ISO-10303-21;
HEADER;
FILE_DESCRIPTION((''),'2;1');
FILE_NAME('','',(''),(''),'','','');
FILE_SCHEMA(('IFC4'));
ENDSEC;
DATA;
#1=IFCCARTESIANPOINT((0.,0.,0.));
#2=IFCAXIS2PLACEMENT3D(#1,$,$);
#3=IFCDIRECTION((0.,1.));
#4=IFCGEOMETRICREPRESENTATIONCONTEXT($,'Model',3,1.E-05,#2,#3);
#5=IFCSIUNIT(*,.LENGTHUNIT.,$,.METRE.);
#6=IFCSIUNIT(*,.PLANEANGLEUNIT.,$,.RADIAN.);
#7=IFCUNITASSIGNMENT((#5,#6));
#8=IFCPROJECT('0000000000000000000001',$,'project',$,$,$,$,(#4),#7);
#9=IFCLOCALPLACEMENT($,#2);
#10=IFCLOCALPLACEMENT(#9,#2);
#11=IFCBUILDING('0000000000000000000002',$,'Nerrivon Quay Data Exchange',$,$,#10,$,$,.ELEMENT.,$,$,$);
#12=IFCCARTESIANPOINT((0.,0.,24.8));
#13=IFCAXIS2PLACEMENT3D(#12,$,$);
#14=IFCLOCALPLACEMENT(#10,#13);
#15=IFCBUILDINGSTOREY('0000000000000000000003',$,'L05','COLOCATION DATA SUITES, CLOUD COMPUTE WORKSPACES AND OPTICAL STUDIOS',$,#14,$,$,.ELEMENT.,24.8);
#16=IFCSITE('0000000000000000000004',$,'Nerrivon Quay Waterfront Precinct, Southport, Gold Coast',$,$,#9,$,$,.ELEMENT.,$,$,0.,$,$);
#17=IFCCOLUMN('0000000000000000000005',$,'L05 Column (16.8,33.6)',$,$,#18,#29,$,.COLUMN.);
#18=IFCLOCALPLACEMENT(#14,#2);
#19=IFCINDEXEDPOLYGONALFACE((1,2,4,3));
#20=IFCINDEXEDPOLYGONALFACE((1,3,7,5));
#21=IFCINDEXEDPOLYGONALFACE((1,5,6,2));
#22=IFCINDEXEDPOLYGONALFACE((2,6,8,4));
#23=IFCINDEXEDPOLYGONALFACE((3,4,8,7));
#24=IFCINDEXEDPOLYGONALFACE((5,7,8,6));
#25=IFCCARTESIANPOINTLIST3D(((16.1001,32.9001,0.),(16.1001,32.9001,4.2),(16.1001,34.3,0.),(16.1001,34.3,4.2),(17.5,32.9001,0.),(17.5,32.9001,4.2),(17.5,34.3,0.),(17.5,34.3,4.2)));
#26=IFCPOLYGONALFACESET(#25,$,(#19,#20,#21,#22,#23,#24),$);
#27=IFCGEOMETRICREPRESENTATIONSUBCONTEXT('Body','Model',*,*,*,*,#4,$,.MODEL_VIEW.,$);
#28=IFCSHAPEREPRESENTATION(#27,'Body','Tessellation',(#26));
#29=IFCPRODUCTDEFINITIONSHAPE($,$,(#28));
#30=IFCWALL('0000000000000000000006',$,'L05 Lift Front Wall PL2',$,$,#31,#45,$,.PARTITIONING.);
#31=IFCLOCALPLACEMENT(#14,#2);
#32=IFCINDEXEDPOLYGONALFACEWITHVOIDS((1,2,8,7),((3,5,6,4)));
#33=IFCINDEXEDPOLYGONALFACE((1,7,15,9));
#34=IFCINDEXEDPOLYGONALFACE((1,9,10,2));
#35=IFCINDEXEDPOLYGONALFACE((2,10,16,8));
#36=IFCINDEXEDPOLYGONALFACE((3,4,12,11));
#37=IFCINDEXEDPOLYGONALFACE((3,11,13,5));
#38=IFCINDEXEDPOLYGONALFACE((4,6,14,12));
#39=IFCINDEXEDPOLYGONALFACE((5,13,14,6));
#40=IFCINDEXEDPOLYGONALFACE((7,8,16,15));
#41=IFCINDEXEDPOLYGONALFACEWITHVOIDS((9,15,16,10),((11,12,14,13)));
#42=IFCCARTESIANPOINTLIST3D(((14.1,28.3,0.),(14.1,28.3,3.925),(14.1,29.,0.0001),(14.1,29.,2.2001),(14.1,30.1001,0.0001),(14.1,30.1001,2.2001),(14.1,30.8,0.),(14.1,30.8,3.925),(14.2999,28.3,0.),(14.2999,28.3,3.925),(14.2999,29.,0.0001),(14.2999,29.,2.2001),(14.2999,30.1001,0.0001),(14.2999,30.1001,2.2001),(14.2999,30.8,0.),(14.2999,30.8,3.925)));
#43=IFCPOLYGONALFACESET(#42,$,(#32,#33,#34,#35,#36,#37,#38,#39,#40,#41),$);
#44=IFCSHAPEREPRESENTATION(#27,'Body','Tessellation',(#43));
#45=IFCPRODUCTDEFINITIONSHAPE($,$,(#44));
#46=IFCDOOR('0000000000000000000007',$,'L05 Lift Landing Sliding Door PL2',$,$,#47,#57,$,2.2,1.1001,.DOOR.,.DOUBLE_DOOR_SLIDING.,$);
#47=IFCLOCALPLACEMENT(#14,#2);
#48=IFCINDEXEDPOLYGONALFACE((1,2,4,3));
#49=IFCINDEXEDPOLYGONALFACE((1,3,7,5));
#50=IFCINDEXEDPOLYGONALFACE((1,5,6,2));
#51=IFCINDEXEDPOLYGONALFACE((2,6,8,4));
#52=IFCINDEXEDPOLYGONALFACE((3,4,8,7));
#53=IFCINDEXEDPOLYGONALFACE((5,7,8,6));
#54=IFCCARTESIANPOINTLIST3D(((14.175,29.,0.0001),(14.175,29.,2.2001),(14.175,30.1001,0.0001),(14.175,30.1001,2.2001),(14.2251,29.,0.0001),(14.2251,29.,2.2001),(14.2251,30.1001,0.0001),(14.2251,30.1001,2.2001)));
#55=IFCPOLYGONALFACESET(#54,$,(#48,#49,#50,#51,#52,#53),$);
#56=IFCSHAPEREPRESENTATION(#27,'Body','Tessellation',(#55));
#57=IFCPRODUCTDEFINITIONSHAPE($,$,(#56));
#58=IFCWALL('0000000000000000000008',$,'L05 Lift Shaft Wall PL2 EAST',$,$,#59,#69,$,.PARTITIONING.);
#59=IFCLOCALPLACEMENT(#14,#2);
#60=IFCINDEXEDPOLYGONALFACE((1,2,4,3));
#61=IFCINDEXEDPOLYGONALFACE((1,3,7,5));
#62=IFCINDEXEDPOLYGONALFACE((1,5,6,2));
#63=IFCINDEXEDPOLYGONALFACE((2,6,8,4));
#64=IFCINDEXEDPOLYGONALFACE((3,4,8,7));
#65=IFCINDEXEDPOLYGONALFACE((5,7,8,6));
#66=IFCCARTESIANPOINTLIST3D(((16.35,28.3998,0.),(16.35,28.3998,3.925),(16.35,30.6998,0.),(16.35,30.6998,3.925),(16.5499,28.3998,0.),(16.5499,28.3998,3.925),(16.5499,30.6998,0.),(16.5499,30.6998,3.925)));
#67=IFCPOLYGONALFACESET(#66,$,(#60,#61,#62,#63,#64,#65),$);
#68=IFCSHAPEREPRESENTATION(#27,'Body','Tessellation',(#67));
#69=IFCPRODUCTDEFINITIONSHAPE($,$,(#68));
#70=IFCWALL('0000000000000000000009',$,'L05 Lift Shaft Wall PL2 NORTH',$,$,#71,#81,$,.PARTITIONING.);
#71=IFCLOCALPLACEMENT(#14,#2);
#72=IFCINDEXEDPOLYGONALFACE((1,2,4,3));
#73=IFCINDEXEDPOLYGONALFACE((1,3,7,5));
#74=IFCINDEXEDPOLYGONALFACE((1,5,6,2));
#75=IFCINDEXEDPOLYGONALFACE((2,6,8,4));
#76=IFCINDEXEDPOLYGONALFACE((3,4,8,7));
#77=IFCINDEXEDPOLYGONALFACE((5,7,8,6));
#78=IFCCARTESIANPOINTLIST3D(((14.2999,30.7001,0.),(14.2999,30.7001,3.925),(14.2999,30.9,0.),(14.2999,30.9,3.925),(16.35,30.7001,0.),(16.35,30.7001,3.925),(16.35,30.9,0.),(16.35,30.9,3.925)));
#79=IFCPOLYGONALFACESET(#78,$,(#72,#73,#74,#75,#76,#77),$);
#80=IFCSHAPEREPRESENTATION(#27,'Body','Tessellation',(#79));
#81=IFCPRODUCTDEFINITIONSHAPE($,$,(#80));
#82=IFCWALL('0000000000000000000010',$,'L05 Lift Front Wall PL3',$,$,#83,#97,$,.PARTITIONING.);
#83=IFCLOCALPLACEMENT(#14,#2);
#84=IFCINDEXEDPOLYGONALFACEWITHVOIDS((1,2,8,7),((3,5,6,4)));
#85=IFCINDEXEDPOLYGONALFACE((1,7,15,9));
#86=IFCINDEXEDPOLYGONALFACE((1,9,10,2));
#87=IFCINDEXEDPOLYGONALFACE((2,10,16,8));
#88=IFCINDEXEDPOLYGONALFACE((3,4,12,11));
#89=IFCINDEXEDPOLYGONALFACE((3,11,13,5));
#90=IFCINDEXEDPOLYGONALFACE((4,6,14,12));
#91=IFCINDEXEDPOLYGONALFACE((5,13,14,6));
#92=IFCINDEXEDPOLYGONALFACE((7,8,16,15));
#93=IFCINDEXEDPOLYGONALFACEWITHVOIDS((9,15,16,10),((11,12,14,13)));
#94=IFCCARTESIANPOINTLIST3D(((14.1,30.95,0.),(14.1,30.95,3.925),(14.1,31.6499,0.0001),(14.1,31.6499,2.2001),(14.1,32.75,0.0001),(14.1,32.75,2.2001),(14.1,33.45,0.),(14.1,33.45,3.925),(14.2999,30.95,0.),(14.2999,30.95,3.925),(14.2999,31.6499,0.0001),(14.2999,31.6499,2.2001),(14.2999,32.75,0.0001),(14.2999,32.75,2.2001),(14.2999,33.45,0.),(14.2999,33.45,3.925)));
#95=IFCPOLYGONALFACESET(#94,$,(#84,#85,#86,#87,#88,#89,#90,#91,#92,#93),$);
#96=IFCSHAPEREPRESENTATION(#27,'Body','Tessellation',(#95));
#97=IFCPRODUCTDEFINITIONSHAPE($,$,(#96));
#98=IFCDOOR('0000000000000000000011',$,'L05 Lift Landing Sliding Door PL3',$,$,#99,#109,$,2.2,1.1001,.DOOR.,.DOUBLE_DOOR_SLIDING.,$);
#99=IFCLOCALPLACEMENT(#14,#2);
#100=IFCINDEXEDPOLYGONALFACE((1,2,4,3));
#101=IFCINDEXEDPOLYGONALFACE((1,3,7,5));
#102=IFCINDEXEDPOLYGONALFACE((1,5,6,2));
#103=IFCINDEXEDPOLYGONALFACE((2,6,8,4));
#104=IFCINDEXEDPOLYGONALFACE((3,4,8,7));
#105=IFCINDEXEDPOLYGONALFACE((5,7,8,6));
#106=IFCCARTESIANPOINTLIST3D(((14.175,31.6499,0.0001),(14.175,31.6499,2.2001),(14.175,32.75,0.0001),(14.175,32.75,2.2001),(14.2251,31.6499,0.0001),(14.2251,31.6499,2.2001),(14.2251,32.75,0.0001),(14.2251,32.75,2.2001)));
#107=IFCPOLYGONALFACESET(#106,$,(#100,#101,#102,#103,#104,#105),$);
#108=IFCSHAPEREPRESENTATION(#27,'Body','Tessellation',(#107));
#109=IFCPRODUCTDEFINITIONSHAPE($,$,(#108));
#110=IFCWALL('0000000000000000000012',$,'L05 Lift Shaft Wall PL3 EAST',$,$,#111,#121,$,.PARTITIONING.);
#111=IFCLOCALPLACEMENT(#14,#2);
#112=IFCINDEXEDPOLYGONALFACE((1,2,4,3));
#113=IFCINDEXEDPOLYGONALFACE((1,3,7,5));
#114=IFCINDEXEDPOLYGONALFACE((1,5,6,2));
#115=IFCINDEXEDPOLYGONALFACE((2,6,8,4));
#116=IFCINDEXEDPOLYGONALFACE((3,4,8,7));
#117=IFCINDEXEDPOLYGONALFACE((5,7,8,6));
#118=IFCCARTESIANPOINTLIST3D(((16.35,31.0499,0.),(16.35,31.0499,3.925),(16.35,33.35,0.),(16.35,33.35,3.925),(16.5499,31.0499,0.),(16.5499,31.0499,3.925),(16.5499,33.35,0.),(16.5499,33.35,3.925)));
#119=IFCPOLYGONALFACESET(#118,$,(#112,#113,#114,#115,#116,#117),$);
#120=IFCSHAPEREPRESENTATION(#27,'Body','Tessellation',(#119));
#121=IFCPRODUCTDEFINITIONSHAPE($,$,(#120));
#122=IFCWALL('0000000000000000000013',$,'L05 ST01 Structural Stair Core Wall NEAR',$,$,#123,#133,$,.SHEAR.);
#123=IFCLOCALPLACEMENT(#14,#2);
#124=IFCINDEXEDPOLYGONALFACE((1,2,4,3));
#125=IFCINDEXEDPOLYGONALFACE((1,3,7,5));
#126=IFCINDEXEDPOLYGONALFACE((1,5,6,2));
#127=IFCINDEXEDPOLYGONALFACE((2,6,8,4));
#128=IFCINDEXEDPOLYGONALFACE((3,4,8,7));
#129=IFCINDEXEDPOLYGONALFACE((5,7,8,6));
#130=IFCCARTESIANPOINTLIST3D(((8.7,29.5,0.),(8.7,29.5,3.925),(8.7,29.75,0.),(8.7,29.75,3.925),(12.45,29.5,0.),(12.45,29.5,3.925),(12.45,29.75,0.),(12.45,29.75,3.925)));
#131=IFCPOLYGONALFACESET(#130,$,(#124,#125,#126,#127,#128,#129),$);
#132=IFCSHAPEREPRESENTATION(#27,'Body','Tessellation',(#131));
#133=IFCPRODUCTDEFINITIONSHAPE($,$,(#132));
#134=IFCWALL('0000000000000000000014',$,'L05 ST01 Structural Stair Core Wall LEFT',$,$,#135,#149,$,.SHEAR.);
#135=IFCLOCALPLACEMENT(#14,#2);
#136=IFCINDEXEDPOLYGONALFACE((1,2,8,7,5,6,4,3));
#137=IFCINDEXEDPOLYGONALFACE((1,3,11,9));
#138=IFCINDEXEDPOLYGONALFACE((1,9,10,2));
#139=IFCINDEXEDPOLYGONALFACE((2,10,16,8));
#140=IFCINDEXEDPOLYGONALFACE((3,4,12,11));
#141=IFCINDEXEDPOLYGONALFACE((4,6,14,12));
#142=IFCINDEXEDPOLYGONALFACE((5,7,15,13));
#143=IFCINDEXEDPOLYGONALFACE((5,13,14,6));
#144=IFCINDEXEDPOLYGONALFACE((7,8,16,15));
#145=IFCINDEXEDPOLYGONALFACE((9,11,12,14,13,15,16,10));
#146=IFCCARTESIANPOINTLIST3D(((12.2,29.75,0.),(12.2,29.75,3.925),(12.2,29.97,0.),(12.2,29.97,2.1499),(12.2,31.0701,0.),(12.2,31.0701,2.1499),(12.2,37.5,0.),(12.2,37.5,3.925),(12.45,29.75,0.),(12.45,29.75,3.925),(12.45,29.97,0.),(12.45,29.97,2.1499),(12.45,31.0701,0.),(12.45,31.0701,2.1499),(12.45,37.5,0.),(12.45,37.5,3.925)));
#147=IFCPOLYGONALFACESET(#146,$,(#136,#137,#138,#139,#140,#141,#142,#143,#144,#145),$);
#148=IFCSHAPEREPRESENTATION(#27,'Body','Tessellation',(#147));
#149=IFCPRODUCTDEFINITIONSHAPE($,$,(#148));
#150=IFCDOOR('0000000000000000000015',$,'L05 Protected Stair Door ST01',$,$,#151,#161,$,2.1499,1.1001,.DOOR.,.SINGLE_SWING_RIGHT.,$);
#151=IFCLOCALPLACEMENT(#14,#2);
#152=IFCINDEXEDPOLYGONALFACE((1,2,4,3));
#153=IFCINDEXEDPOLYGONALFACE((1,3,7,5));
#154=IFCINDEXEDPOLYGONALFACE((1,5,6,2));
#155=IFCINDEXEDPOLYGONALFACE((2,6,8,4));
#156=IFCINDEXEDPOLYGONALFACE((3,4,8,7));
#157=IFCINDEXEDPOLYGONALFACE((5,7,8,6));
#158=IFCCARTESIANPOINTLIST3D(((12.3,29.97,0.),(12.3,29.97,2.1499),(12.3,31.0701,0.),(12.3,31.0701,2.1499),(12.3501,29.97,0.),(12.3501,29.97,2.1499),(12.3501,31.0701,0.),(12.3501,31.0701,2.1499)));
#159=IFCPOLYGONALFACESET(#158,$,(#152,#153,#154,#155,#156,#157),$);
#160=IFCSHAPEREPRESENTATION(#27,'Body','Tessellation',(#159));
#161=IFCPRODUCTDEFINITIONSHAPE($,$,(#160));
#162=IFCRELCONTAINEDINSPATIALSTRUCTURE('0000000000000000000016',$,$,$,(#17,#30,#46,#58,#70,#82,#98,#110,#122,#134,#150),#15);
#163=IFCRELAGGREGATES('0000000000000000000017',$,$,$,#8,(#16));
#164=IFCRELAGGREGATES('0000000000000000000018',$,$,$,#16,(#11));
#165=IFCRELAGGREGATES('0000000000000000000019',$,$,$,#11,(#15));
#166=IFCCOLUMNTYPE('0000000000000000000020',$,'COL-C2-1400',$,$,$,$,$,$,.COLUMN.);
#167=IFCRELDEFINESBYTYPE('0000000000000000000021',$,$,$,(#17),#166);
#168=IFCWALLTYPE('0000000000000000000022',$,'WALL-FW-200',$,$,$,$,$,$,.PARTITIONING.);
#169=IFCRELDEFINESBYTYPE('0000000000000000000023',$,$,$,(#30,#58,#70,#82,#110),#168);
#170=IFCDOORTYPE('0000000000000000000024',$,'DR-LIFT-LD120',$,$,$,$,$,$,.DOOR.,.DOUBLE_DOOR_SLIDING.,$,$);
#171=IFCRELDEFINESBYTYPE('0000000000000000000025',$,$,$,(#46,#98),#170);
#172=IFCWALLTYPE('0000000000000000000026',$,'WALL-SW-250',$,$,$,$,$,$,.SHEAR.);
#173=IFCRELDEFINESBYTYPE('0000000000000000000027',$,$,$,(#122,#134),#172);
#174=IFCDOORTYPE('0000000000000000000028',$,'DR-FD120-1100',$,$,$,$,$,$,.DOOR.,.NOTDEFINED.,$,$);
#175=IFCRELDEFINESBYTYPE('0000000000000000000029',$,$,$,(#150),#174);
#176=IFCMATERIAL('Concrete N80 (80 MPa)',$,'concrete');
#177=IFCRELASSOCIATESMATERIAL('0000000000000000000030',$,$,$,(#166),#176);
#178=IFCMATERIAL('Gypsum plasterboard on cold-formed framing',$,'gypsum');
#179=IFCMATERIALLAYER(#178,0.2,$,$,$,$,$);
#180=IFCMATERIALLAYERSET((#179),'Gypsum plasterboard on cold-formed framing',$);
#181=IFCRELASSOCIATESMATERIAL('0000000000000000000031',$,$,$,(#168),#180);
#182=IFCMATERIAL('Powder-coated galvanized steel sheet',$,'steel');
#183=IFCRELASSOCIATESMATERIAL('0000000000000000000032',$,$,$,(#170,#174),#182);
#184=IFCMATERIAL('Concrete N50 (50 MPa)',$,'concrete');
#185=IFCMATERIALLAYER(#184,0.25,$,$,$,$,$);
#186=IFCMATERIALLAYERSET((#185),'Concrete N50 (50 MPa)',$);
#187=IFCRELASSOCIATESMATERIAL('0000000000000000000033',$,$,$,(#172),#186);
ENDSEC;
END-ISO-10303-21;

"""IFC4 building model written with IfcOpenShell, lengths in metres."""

from ifc_helpers import new_model, si_unit, direction, frame, frame_2d, origin, origin_2d, place, context, subcontext, project, spatial, rectangle, extrude, material, layer, layer_set, material_profile, profile_set, type_object, element, fill, save


model = new_model("IFC4")

# Units and contexts
model_context = context("Model", 3, precision=1e-05, world=origin(), true_north=direction((0.0, 1.0)))
body_context = subcontext(model_context, "Body", "Model", "MODEL_VIEW")
ifc_project = project(units=[si_unit("LENGTHUNIT", "METRE"), si_unit("PLANEANGLEUNIT", "RADIAN")], contexts=[model_context])

# Site, building, storey
site_placement = place(None, origin())
site = spatial("IfcSite", under=ifc_project, at=site_placement, Name="Nerrivon Quay Waterfront Precinct, Southport, Gold Coast", CompositionType="ELEMENT", RefElevation=0.0)
building_placement = place(site_placement, origin())
building = spatial("IfcBuilding", under=site, at=building_placement, Name="Nerrivon Quay Data Exchange", CompositionType="ELEMENT")
storey_placement = place(building_placement, frame((0.0, 0.0, 24.8)))
storey = spatial("IfcBuildingStorey", under=building, at=storey_placement, Name="L05", Description="COLOCATION DATA SUITES, CLOUD COMPUTE WORKSPACES AND OPTICAL STUDIOS", CompositionType="ELEMENT", Elevation=24.8)

# Column
ifc_material_1 = material(Name="Concrete N80 (80 MPa)", Category="concrete")
ifc_material_profile = material_profile(ifc_material_1, rectangle(XDim=1.3999, YDim=1.3999, at=origin_2d()), Name="RC-COL-1400x1400")
ifc_profile_set = profile_set([ifc_material_profile], Name="Concrete N80 (80 MPa)")
column_type = type_object("IfcColumnType", Name="COL-C2-1400", PredefinedType="COLUMN", material=ifc_profile_set)
column_placement = place(storey_placement, frame((16.8, 33.6001, 0.0), z_axis=(0.0, 0.0, 1.0), x_axis=(1.0, 0.0, 0.0)))
element("IfcColumn", 1, at=column_placement, inside=storey, type_object=column_type, Name="L05 Column (16.8,33.6)", PredefinedType="COLUMN", context=body_context, shape_type="SweptSolid", body=[
    extrude(rectangle(XDim=1.3999, YDim=1.3999, at=origin_2d()), origin(), (0.0, 0.0, 1.0), 4.2),
])

# Wall, opening, door
ifc_material_2 = material(Name="Gypsum plasterboard on cold-formed framing", Category="gypsum")
ifc_layer_1 = layer(ifc_material_2, 0.2)
ifc_layer_set_1 = layer_set([ifc_layer_1], Name="Gypsum plasterboard on cold-formed framing")
wall_type_1 = type_object("IfcWallType", Name="WALL-FW-200", PredefinedType="PARTITIONING", material=ifc_layer_set_1)
wall_1_placement = place(storey_placement, frame((14.2, 28.3, 0.0), z_axis=(0.0, 0.0, 1.0), x_axis=(0.0, 1.0, 0.0)))
wall_1 = element("IfcWall", 2, at=wall_1_placement, inside=storey, type_object=wall_type_1, Name="L05 Lift Front Wall PL2", PredefinedType="PARTITIONING", context=body_context, shape_type="SweptSolid", body=[
    extrude(rectangle(XDim=2.5, YDim=0.2, at=frame_2d((1.25, 0.0))), origin(), (0.0, 0.0, 1.0), 3.925),
])
opening_1_placement = place(wall_1_placement, frame((0.7, 0.0, 0.0)))
opening_1 = element("IfcOpeningElement", 3, at=opening_1_placement, cuts=wall_1, PredefinedType="OPENING", context=body_context, shape_type="SweptSolid", body=[
    extrude(rectangle(XDim=1.1001, YDim=2.2, at=frame_2d((0.55, 1.1001))), frame((0.0, 0.1099, 0.0), z_axis=(0.0, -1.0, 0.0), x_axis=(1.0, 0.0, 0.0)), (0.0, 0.0, 1.0), 0.22),
])
ifc_material_3 = material(Name="Powder-coated galvanized steel sheet", Category="steel")
door_type_1 = type_object("IfcDoorType", Name="DR-LIFT-LD120", OperationType="DOUBLE_DOOR_SLIDING", PredefinedType="DOOR", material=ifc_material_3)
door_1_placement = place(opening_1_placement, origin())
door_1 = element("IfcDoor", 4, at=door_1_placement, inside=storey, type_object=door_type_1, Name="L05 Lift Landing Sliding Door PL2", OperationType="DOUBLE_DOOR_SLIDING", OverallHeight=2.2, OverallWidth=1.1001, PredefinedType="DOOR", context=body_context, shape_type="SweptSolid", body=[
    extrude(rectangle(XDim=1.1001, YDim=2.2, at=frame_2d((0.55, 1.1001))), frame((0.0, 0.0249, 0.0), z_axis=(0.0, -1.0, 0.0), x_axis=(1.0, 0.0, 0.0)), (0.0, 0.0, 1.0), 0.05),
])
fill(opening_1, door_1)

# Walls
wall_2_placement = place(storey_placement, frame((16.45, 28.3999, 0.0), z_axis=(0.0, 0.0, 1.0), x_axis=(0.0, 1.0, 0.0)))
element("IfcWall", 5, at=wall_2_placement, inside=storey, type_object=wall_type_1, Name="L05 Lift Shaft Wall PL2 EAST", PredefinedType="PARTITIONING", context=body_context, shape_type="SweptSolid", body=[
    extrude(rectangle(XDim=2.3, YDim=0.2, at=frame_2d((1.1499, 0.0))), origin(), (0.0, 0.0, 1.0), 3.925),
])
wall_3_placement = place(storey_placement, frame((14.3, 30.8, 0.0), z_axis=(0.0, 0.0, 1.0), x_axis=(1.0, 0.0, 0.0)))
element("IfcWall", 6, at=wall_3_placement, inside=storey, type_object=wall_type_1, Name="L05 Lift Shaft Wall PL2 NORTH", PredefinedType="PARTITIONING", context=body_context, shape_type="SweptSolid", body=[
    extrude(rectangle(XDim=2.05, YDim=0.2, at=frame_2d((1.0249, 0.0))), origin(), (0.0, 0.0, 1.0), 3.925),
])

# Wall, opening, door
wall_4_placement = place(storey_placement, frame((14.2, 30.95, 0.0), z_axis=(0.0, 0.0, 1.0), x_axis=(0.0, 1.0, 0.0)))
wall_4 = element("IfcWall", 7, at=wall_4_placement, inside=storey, type_object=wall_type_1, Name="L05 Lift Front Wall PL3", PredefinedType="PARTITIONING", context=body_context, shape_type="SweptSolid", body=[
    extrude(rectangle(XDim=2.5, YDim=0.2, at=frame_2d((1.25, 0.0))), origin(), (0.0, 0.0, 1.0), 3.925),
])
opening_2_placement = place(wall_4_placement, frame((0.7, 0.0, 0.0)))
opening_2 = element("IfcOpeningElement", 8, at=opening_2_placement, cuts=wall_4, PredefinedType="OPENING", context=body_context, shape_type="SweptSolid", body=[
    extrude(rectangle(XDim=1.1001, YDim=2.2, at=frame_2d((0.55, 1.1001))), frame((0.0, 0.1099, 0.0), z_axis=(0.0, -1.0, 0.0), x_axis=(1.0, 0.0, 0.0)), (0.0, 0.0, 1.0), 0.22),
])
door_2_placement = place(opening_2_placement, origin())
door_2 = element("IfcDoor", 9, at=door_2_placement, inside=storey, type_object=door_type_1, Name="L05 Lift Landing Sliding Door PL3", OperationType="DOUBLE_DOOR_SLIDING", OverallHeight=2.2, OverallWidth=1.1001, PredefinedType="DOOR", context=body_context, shape_type="SweptSolid", body=[
    extrude(rectangle(XDim=1.1001, YDim=2.2, at=frame_2d((0.55, 1.1001))), frame((0.0, 0.0249, 0.0), z_axis=(0.0, -1.0, 0.0), x_axis=(1.0, 0.0, 0.0)), (0.0, 0.0, 1.0), 0.05),
])
fill(opening_2, door_2)

# Walls
wall_5_placement = place(storey_placement, frame((16.45, 31.05, 0.0), z_axis=(0.0, 0.0, 1.0), x_axis=(0.0, 1.0, 0.0)))
element("IfcWall", 10, at=wall_5_placement, inside=storey, type_object=wall_type_1, Name="L05 Lift Shaft Wall PL3 EAST", PredefinedType="PARTITIONING", context=body_context, shape_type="SweptSolid", body=[
    extrude(rectangle(XDim=2.3, YDim=0.2, at=frame_2d((1.1499, 0.0))), origin(), (0.0, 0.0, 1.0), 3.925),
])
ifc_material_4 = material(Name="Concrete N50 (50 MPa)", Category="concrete")
ifc_layer_2 = layer(ifc_material_4, 0.25)
ifc_layer_set_2 = layer_set([ifc_layer_2], Name="Concrete N50 (50 MPa)")
wall_type_2 = type_object("IfcWallType", Name="WALL-SW-250", PredefinedType="SHEAR", material=ifc_layer_set_2)
wall_6_placement = place(storey_placement, frame((12.45, 29.625, 0.0), z_axis=(0.0, 0.0, 1.0), x_axis=(-1.0, 0.0, 0.0)))
element("IfcWall", 11, at=wall_6_placement, inside=storey, type_object=wall_type_2, Name="L05 ST01 Structural Stair Core Wall NEAR", PredefinedType="SHEAR", context=body_context, shape_type="SweptSolid", body=[
    extrude(rectangle(XDim=3.75, YDim=0.25, at=frame_2d((1.875, 0.0))), origin(), (0.0, 0.0, 1.0), 3.925),
])

# Wall, opening, door
wall_7_placement = place(storey_placement, frame((12.325, 29.75, 0.0), z_axis=(0.0, 0.0, 1.0), x_axis=(0.0, 1.0, 0.0)))
wall_7 = element("IfcWall", 12, at=wall_7_placement, inside=storey, type_object=wall_type_2, Name="L05 ST01 Structural Stair Core Wall LEFT", PredefinedType="SHEAR", context=body_context, shape_type="SweptSolid", body=[
    extrude(rectangle(XDim=7.75, YDim=0.25, at=frame_2d((3.875, 0.0))), origin(), (0.0, 0.0, 1.0), 3.925),
])
opening_3_placement = place(wall_7_placement, frame((0.22, 0.0, 0.0)))
opening_3 = element("IfcOpeningElement", 13, at=opening_3_placement, cuts=wall_7, PredefinedType="OPENING", context=body_context, shape_type="SweptSolid", body=[
    extrude(rectangle(XDim=1.1001, YDim=2.1499, at=frame_2d((0.55, 1.075))), frame((0.0, 0.135, 0.0), z_axis=(0.0, -1.0, 0.0), x_axis=(1.0, 0.0, 0.0)), (0.0, 0.0, 1.0), 0.27),
])
door_type_2 = type_object("IfcDoorType", Name="DR-FD120-1100", OperationType="NOTDEFINED", PredefinedType="DOOR", material=ifc_material_3)
door_3_placement = place(opening_3_placement, origin())
door_3 = element("IfcDoor", 14, at=door_3_placement, inside=storey, type_object=door_type_2, Name="L05 Protected Stair Door ST01", OperationType="SINGLE_SWING_RIGHT", OverallHeight=2.1499, OverallWidth=1.1001, PredefinedType="DOOR", context=body_context, shape_type="SweptSolid", body=[
    extrude(rectangle(XDim=1.1001, YDim=2.1499, at=frame_2d((0.55, 1.075))), frame((0.0, 0.0249, 0.0), z_axis=(0.0, -1.0, 0.0), x_axis=(1.0, 0.0, 0.0)), (0.0, 0.0, 1.0), 0.05),
])
fill(opening_3, door_3)

save(model, "model.ifc")
